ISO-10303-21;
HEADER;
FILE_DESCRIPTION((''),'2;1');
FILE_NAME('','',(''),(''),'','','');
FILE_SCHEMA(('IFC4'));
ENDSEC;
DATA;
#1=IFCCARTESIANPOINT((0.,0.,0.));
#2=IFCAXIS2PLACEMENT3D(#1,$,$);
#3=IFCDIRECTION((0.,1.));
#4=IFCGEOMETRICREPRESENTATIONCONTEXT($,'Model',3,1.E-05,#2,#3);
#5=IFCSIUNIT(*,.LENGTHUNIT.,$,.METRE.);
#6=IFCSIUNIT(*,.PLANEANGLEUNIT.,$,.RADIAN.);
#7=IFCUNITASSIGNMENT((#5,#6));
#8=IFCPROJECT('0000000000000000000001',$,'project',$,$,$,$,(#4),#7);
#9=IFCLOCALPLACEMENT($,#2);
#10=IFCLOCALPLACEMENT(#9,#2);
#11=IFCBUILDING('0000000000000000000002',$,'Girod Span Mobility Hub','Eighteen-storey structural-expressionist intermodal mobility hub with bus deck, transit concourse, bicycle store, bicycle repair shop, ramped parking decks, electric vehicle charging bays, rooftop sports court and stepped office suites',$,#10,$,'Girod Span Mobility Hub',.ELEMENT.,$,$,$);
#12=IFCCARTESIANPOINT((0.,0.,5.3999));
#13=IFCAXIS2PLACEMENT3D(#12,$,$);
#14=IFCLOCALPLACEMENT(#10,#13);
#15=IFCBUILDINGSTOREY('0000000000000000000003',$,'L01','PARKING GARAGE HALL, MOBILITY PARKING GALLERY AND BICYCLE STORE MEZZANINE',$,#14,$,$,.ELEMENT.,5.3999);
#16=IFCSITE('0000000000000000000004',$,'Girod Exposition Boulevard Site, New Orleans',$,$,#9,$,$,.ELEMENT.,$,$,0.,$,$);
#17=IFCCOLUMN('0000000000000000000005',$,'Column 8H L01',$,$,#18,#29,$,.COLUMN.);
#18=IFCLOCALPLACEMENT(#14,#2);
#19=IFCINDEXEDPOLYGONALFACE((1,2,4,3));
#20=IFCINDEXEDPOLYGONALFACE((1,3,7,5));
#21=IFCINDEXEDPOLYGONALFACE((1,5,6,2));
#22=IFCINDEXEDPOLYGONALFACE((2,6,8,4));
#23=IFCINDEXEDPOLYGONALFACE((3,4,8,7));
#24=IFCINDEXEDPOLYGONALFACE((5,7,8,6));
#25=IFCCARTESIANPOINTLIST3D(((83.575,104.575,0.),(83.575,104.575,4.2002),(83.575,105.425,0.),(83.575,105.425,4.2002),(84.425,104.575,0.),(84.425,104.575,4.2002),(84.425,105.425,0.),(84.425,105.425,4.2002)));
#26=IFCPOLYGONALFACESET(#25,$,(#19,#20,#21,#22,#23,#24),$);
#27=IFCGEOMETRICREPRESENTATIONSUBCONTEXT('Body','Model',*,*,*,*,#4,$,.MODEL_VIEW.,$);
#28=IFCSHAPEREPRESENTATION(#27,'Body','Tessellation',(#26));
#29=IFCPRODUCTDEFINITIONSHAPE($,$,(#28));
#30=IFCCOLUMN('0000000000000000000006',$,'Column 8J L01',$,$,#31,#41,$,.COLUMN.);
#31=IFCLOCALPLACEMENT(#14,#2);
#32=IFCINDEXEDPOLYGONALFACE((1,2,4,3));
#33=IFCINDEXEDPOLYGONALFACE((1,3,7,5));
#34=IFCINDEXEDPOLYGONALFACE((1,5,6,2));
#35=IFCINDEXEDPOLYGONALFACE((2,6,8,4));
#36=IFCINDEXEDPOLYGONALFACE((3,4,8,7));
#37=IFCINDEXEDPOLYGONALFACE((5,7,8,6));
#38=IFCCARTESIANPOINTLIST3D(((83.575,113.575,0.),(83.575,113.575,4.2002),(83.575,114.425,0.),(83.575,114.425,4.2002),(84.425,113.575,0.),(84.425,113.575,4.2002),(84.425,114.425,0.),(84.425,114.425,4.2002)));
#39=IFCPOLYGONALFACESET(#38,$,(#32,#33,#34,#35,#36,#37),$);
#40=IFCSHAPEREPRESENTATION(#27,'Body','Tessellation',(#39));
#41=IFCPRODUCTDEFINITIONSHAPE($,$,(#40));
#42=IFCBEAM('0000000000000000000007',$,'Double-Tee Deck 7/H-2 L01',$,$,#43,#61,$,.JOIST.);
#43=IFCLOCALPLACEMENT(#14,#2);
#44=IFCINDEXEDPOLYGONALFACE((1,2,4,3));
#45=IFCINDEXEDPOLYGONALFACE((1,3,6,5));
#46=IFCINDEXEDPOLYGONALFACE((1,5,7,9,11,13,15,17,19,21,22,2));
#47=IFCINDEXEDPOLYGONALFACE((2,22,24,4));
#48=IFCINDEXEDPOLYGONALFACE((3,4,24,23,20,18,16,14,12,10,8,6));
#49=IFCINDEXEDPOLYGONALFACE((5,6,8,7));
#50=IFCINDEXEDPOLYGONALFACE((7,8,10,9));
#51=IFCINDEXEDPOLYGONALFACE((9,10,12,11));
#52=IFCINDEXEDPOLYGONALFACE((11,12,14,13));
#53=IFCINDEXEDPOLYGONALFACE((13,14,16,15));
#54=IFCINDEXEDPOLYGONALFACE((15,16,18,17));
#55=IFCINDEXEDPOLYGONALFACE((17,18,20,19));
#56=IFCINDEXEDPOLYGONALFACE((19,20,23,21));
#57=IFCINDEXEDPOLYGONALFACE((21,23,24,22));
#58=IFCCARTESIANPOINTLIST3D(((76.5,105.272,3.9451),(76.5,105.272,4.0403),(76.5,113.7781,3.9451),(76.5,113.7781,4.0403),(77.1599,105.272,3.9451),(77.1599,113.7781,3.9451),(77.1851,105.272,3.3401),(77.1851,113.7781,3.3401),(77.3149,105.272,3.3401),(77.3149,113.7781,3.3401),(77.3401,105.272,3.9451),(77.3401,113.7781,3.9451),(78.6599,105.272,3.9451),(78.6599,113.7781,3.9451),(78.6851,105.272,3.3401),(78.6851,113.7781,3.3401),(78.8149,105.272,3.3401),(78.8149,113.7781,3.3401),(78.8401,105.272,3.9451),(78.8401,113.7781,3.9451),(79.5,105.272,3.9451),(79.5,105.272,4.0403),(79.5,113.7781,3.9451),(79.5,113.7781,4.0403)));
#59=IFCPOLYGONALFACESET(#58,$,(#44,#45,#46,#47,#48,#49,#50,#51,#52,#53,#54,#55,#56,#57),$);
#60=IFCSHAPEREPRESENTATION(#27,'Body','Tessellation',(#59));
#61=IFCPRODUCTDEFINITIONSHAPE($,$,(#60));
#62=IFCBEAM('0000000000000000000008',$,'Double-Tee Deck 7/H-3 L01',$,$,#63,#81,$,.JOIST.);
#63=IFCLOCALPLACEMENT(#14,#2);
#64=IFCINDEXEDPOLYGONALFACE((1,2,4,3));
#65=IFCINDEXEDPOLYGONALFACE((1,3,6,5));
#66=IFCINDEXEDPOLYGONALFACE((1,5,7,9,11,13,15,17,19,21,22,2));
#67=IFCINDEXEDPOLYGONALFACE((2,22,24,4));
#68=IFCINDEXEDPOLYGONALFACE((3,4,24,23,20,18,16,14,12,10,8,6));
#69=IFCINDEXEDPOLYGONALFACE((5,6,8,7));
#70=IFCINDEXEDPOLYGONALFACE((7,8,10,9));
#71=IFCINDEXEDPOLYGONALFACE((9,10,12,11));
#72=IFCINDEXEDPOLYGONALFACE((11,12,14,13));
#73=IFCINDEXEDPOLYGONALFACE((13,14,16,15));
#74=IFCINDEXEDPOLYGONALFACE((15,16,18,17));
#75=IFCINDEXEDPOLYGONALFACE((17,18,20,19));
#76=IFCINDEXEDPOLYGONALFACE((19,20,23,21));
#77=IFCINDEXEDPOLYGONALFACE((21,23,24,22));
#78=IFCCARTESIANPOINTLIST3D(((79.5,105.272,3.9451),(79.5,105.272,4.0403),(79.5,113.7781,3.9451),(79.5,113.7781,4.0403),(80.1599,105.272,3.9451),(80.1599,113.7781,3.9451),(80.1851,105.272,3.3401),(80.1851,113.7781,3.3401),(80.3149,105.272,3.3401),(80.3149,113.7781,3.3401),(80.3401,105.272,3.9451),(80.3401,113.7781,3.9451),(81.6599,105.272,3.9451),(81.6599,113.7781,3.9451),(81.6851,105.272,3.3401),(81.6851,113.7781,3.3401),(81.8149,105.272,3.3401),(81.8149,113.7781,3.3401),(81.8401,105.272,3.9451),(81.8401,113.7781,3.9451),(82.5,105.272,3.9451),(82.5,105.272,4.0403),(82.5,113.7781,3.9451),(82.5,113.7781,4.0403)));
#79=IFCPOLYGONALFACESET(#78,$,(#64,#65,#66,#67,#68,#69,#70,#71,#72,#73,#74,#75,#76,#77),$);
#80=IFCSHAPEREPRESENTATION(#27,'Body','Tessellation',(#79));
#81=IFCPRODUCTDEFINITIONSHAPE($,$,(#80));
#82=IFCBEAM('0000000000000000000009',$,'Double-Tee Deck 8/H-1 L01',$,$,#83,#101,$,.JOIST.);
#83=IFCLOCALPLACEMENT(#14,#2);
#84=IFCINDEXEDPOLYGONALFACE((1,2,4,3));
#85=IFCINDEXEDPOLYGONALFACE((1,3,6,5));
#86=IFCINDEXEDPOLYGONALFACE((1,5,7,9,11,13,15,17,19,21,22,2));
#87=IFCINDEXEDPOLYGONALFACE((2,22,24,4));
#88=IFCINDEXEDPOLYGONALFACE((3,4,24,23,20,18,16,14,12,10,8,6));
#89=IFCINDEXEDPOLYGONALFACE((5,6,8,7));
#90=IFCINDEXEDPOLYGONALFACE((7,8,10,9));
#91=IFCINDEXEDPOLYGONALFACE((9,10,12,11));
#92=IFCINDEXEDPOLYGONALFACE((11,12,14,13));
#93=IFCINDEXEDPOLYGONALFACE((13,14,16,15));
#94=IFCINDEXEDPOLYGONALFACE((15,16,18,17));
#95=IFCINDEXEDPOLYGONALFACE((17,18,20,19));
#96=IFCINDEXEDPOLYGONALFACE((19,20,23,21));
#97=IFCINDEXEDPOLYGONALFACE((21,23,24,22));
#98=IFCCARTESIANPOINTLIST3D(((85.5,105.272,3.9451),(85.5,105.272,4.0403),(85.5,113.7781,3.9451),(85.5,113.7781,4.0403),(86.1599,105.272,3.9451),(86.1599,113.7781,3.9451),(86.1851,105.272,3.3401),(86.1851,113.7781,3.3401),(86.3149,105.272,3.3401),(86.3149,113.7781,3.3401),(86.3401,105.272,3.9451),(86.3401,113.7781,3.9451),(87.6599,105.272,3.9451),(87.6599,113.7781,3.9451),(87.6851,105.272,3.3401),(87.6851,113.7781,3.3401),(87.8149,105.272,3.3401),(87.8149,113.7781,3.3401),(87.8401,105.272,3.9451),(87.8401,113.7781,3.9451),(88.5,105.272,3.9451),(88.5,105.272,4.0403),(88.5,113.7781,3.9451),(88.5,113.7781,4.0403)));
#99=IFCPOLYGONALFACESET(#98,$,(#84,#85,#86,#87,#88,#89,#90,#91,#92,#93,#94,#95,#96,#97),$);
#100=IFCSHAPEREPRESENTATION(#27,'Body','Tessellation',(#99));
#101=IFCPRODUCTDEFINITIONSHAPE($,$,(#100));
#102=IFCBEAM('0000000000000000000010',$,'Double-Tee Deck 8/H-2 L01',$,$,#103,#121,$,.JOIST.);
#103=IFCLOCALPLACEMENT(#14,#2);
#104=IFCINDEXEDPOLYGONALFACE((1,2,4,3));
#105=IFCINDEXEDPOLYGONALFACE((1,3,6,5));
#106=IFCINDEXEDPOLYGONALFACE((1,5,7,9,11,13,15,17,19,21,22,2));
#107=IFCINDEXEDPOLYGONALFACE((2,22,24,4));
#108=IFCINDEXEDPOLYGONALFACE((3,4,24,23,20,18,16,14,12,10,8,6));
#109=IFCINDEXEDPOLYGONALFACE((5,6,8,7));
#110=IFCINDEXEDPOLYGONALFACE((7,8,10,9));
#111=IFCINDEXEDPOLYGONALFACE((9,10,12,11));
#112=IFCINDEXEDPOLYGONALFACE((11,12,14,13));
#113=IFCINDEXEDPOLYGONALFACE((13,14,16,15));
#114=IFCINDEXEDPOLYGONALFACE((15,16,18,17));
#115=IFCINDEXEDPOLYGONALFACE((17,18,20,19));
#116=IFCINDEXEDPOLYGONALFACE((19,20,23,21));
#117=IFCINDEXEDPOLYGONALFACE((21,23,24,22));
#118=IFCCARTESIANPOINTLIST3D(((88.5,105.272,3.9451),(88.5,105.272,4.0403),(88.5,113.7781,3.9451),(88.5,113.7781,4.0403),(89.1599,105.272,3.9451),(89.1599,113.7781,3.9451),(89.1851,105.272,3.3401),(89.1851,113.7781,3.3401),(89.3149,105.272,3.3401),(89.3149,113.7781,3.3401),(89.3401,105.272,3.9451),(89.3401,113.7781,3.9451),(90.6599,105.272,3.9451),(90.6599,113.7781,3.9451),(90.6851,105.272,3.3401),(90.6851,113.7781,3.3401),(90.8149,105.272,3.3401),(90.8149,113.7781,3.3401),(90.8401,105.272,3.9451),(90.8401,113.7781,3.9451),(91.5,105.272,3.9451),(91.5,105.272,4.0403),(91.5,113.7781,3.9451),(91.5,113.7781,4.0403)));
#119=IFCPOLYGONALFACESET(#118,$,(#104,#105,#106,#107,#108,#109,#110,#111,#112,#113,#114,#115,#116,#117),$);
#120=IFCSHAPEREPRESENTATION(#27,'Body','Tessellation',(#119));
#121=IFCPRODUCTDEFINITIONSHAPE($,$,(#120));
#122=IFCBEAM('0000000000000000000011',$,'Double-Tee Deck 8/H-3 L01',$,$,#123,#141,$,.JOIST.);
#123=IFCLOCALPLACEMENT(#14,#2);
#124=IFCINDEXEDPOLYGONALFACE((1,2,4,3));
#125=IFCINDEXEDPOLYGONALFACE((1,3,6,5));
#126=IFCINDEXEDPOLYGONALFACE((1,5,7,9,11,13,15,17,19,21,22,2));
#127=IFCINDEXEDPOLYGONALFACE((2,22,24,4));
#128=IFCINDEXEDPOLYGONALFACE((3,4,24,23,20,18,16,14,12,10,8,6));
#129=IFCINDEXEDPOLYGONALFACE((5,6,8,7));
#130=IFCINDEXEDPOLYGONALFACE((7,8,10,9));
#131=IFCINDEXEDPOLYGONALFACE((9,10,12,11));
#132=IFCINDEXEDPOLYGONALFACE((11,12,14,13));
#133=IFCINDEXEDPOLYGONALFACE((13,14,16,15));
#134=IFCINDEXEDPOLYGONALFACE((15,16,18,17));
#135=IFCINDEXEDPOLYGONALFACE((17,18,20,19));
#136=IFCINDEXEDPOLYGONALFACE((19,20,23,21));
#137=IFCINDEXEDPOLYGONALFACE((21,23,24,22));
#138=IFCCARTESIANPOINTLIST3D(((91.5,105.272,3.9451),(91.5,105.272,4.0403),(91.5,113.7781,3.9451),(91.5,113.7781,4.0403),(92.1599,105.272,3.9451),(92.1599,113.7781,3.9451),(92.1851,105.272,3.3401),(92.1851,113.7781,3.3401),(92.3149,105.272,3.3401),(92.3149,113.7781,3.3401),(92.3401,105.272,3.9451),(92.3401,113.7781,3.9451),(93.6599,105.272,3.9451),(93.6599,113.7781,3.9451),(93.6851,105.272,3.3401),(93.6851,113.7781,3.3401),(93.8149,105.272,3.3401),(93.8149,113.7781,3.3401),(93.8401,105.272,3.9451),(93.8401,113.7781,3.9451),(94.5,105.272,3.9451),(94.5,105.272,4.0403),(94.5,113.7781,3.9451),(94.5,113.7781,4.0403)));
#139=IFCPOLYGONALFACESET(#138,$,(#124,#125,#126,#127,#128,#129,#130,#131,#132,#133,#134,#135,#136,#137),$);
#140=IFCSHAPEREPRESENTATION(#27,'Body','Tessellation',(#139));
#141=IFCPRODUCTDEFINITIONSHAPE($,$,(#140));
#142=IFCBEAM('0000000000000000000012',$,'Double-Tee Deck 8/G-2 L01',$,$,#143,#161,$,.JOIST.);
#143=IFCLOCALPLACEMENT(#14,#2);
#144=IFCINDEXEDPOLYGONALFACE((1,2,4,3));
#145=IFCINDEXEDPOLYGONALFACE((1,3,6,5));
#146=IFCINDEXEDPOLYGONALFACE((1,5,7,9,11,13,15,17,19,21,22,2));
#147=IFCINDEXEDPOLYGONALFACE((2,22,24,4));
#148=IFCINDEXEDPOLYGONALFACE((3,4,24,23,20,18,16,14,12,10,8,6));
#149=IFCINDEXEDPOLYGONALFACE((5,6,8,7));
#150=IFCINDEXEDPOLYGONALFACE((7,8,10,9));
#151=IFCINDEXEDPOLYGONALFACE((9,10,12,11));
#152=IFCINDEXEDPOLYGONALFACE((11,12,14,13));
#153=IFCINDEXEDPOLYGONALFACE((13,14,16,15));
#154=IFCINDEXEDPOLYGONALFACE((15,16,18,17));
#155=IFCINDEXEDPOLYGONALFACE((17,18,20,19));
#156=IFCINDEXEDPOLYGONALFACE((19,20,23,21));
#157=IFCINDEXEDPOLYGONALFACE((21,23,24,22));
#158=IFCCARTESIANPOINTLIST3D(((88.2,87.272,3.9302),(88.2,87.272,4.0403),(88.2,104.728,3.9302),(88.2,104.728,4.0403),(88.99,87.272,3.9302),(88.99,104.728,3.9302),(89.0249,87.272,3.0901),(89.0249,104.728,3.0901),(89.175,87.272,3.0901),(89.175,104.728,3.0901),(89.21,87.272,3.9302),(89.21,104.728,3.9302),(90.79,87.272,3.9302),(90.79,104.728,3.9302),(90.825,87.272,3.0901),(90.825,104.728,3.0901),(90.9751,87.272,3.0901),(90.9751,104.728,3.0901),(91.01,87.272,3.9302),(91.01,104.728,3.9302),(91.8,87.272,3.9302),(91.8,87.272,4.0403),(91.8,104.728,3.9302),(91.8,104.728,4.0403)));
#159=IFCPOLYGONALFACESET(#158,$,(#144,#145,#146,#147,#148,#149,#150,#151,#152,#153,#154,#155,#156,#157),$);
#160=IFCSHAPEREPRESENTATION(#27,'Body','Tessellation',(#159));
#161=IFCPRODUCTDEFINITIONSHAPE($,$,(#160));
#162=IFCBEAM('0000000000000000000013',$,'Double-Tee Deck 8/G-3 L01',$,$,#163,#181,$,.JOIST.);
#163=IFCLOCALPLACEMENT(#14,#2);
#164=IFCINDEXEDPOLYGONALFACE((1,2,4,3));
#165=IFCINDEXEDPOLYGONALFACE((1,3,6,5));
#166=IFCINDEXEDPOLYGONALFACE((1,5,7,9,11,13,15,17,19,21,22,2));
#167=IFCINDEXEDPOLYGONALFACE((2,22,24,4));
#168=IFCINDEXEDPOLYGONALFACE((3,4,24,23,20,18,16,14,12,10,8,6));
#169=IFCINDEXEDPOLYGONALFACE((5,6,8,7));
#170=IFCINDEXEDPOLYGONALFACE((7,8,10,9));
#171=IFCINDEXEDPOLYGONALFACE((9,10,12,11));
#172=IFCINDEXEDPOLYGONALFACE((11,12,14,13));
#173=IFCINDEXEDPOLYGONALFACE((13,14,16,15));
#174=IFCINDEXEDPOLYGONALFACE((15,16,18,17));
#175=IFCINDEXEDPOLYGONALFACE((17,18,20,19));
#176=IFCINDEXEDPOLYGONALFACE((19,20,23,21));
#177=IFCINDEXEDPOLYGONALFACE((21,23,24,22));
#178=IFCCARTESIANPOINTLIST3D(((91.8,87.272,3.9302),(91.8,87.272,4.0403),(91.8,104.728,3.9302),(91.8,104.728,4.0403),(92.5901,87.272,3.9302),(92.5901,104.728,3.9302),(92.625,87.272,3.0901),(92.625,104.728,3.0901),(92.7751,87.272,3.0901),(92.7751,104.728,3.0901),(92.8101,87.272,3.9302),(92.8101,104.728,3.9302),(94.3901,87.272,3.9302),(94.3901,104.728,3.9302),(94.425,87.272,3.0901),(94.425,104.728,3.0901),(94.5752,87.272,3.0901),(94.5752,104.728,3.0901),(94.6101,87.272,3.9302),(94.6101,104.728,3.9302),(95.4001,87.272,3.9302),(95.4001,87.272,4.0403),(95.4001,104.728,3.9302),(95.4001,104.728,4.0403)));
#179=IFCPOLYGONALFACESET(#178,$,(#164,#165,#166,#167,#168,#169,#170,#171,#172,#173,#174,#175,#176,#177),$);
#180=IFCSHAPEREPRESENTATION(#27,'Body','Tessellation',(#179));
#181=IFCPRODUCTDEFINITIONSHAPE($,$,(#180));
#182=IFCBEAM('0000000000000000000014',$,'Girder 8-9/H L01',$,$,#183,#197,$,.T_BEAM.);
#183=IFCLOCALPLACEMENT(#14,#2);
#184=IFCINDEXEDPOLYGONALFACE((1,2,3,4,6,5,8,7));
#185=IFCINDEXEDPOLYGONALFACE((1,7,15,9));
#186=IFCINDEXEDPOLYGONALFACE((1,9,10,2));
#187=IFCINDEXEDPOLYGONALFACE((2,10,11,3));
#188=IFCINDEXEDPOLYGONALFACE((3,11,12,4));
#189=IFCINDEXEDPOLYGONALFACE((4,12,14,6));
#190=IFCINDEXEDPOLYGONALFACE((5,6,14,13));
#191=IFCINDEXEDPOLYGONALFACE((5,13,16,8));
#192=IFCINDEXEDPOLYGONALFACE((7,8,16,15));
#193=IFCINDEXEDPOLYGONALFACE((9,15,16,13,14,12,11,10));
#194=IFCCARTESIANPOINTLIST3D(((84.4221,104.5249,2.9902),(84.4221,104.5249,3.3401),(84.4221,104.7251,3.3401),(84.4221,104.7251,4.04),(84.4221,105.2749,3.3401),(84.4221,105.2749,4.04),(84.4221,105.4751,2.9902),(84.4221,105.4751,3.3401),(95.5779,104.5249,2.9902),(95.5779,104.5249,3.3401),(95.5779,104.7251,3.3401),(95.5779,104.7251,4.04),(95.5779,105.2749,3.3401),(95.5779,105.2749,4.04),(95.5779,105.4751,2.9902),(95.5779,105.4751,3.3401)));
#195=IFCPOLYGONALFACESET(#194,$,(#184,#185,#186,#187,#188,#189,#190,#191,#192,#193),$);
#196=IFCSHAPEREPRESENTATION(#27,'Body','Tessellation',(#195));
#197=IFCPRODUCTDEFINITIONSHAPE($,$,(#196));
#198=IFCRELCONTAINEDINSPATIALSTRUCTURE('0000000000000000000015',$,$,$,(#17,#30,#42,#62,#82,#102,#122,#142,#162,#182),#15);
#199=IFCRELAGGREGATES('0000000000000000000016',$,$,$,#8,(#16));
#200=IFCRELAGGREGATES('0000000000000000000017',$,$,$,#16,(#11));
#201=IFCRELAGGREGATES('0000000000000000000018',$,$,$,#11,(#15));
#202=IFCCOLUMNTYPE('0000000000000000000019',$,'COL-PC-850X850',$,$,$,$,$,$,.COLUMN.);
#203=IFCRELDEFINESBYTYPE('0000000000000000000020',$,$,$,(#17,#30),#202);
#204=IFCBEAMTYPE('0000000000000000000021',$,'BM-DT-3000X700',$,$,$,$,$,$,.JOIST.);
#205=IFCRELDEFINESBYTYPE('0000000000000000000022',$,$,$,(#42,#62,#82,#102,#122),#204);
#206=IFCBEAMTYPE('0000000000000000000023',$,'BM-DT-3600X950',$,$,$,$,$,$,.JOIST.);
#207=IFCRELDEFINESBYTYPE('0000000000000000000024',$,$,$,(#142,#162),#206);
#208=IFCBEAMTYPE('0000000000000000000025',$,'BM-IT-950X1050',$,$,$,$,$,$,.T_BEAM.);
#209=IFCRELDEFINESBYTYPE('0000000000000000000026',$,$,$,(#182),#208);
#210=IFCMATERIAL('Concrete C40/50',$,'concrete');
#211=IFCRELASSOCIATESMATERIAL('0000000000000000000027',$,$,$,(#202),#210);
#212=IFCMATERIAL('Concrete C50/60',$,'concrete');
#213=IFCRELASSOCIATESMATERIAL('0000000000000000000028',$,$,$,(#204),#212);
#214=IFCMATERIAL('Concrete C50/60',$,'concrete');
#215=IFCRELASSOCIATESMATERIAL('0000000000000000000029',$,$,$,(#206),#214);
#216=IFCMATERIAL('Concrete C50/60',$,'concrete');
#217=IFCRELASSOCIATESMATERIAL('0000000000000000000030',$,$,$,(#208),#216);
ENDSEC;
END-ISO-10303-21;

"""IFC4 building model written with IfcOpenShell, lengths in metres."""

from ifc_helpers import new_model, si_unit, direction, frame, origin, origin_2d, place, context, subcontext, project, spatial, polyline, rectangle, outline, extrude, material, material_profile, profile_set, type_object, element, save


model = new_model("IFC4")

# Units and contexts
model_context = context("Model", 3, precision=1e-05, world=origin(), true_north=direction((0.0, 1.0)))
body_context = subcontext(model_context, "Body", "Model", "MODEL_VIEW")
ifc_project = project(units=[si_unit("LENGTHUNIT", "METRE"), si_unit("PLANEANGLEUNIT", "RADIAN")], contexts=[model_context])

# Site, building, storey
site_placement = place(None, origin())
site = spatial("IfcSite", under=ifc_project, at=site_placement, Name="Girod Exposition Boulevard Site, New Orleans", CompositionType="ELEMENT", RefElevation=0.0)
building_placement = place(site_placement, origin())
building = spatial("IfcBuilding", under=site, at=building_placement, Name="Girod Span Mobility Hub", Description="Eighteen-storey structural-expressionist intermodal mobility hub with bus deck, transit concourse, bicycle store, bicycle repair shop, ramped parking decks, electric vehicle charging bays, rooftop sports court and stepped office suites", LongName="Girod Span Mobility Hub", CompositionType="ELEMENT")
storey_placement = place(building_placement, frame((0.0, 0.0, 5.3999)))
storey = spatial("IfcBuildingStorey", under=building, at=storey_placement, Name="L01", Description="PARKING GARAGE HALL, MOBILITY PARKING GALLERY AND BICYCLE STORE MEZZANINE", CompositionType="ELEMENT", Elevation=5.3999)

# Columns
ifc_material_1 = material(Name="Concrete C40/50", Category="concrete")
ifc_material_profile_1 = material_profile(ifc_material_1, rectangle(XDim=0.8501, YDim=0.8501, at=origin_2d()), Name="PC-COL-850X850")
ifc_profile_set_1 = profile_set([ifc_material_profile_1], Name="Concrete C40/50")
column_type = type_object("IfcColumnType", Name="COL-PC-850X850", PredefinedType="COLUMN", material=ifc_profile_set_1)
for number, where, z_axis, x_axis, name in (
    (1, (84.0, 105.0, 0.0), (0.0, 0.0, 1.0), (1.0, 0.0, 0.0), "Column 8H L01"),
    (2, (84.0, 114.0, 0.0), (0.0, 0.0, 1.0), (1.0, 0.0, 0.0), "Column 8J L01"),
):
    element("IfcColumn", number, at=place(storey_placement, frame(where, z_axis=z_axis, x_axis=x_axis)), inside=storey, type_object=column_type, Name=name, PredefinedType="COLUMN", context=body_context, shape_type="SweptSolid", body=[
        extrude(rectangle(XDim=0.8501, YDim=0.8501, at=origin_2d()), origin(), (0.0, 0.0, 1.0), 4.2002),
    ])

# Beams
ifc_material_2 = material(Name="Concrete C50/60", Category="concrete")
ifc_material_profile_2 = material_profile(ifc_material_2, outline(polyline([(-1.5, 0.3501), (-1.5, 0.2549), (-0.8401, 0.2549), (-0.8149, -0.3501), (-0.6851, -0.3501), (-0.6599, 0.2549), (0.6599, 0.2549), (0.6851, -0.3501), (0.8149, -0.3501), (0.8401, 0.2549), (1.5, 0.2549), (1.5, 0.3501), (-1.5, 0.3501)])), Name="DT-3000X700")
ifc_profile_set_2 = profile_set([ifc_material_profile_2], Name="Concrete C50/60")
beam_type_1 = type_object("IfcBeamType", Name="BM-DT-3000X700", PredefinedType="JOIST", material=ifc_profile_set_2)
for number, where, z_axis, x_axis, name in (
    (3, (78.0, 105.272, 3.6902), (0.0, 1.0, 0.0), (-1.0, 0.0, 0.0), "Double-Tee Deck 7/H-2 L01"),
    (4, (81.0, 105.272, 3.6902), (0.0, 1.0, 0.0), (-1.0, 0.0, 0.0), "Double-Tee Deck 7/H-3 L01"),
    (5, (87.0, 105.272, 3.6902), (0.0, 1.0, 0.0), (-1.0, 0.0, 0.0), "Double-Tee Deck 8/H-1 L01"),
    (6, (90.0, 105.272, 3.6902), (0.0, 1.0, 0.0), (-1.0, 0.0, 0.0), "Double-Tee Deck 8/H-2 L01"),
    (7, (93.0, 105.272, 3.6902), (0.0, 1.0, 0.0), (-1.0, 0.0, 0.0), "Double-Tee Deck 8/H-3 L01"),
):
    element("IfcBeam", number, at=place(storey_placement, frame(where, z_axis=z_axis, x_axis=x_axis)), inside=storey, type_object=beam_type_1, Name=name, PredefinedType="JOIST", context=body_context, shape_type="SweptSolid", body=[
        extrude(outline(polyline([(-1.5, 0.3501), (-1.5, 0.2549), (-0.8401, 0.2549), (-0.8149, -0.3501), (-0.6851, -0.3501), (-0.6599, 0.2549), (0.6599, 0.2549), (0.6851, -0.3501), (0.8149, -0.3501), (0.8401, 0.2549), (1.5, 0.2549), (1.5, 0.3501), (-1.5, 0.3501)])), origin(), (0.0, 0.0, 1.0), 8.5061),
    ])
ifc_material_3 = material(Name="Concrete C50/60", Category="concrete")
ifc_material_profile_3 = material_profile(ifc_material_3, outline(polyline([(-1.8, 0.4751), (-1.8, 0.365), (-1.01, 0.365), (-0.9751, -0.4751), (-0.825, -0.4751), (-0.79, 0.365), (0.79, 0.365), (0.825, -0.4751), (0.9751, -0.4751), (1.01, 0.365), (1.8, 0.365), (1.8, 0.4751), (-1.8, 0.4751)])), Name="DT-3600X950")
ifc_profile_set_3 = profile_set([ifc_material_profile_3], Name="Concrete C50/60")
beam_type_2 = type_object("IfcBeamType", Name="BM-DT-3600X950", PredefinedType="JOIST", material=ifc_profile_set_3)
for number, where, z_axis, x_axis, name in (
    (8, (90.0, 87.272, 3.5652), (0.0, 1.0, 0.0), (-1.0, 0.0, 0.0), "Double-Tee Deck 8/G-2 L01"),
    (9, (93.6001, 87.272, 3.5652), (0.0, 1.0, 0.0), (-1.0, 0.0, 0.0), "Double-Tee Deck 8/G-3 L01"),
):
    element("IfcBeam", number, at=place(storey_placement, frame(where, z_axis=z_axis, x_axis=x_axis)), inside=storey, type_object=beam_type_2, Name=name, PredefinedType="JOIST", context=body_context, shape_type="SweptSolid", body=[
        extrude(outline(polyline([(-1.8, 0.4751), (-1.8, 0.365), (-1.01, 0.365), (-0.9751, -0.4751), (-0.825, -0.4751), (-0.79, 0.365), (0.79, 0.365), (0.825, -0.4751), (0.9751, -0.4751), (1.01, 0.365), (1.8, 0.365), (1.8, 0.4751), (-1.8, 0.4751)])), origin(), (0.0, 0.0, 1.0), 17.4561),
    ])
ifc_material_4 = material(Name="Concrete C50/60", Category="concrete")
ifc_material_profile_4 = material_profile(ifc_material_4, outline(polyline([(-0.4751, -0.5249), (0.4751, -0.5249), (0.4751, -0.175), (0.2749, -0.175), (0.2749, 0.5249), (-0.2749, 0.5249), (-0.2749, -0.175), (-0.4751, -0.175), (-0.4751, -0.5249)])), Name="IT-950X1050")
ifc_profile_set_4 = profile_set([ifc_material_profile_4], Name="Concrete C50/60")
beam_type_3 = type_object("IfcBeamType", Name="BM-IT-950X1050", PredefinedType="T_BEAM", material=ifc_profile_set_4)
beam_1_placement = place(storey_placement, frame((84.4221, 105.0, 3.5151), z_axis=(1.0, 0.0, 0.0), x_axis=(0.0, 1.0, 0.0)))
element("IfcBeam", 10, at=beam_1_placement, inside=storey, type_object=beam_type_3, Name="Girder 8-9/H L01", PredefinedType="T_BEAM", context=body_context, shape_type="SweptSolid", body=[
    extrude(outline(polyline([(-0.4751, -0.5249), (0.4751, -0.5249), (0.4751, -0.175), (0.2749, -0.175), (0.2749, 0.5249), (-0.2749, 0.5249), (-0.2749, -0.175), (-0.4751, -0.175), (-0.4751, -0.5249)])), origin(), (0.0, 0.0, 1.0), 11.1558),
])

save(model, "model.ifc")
